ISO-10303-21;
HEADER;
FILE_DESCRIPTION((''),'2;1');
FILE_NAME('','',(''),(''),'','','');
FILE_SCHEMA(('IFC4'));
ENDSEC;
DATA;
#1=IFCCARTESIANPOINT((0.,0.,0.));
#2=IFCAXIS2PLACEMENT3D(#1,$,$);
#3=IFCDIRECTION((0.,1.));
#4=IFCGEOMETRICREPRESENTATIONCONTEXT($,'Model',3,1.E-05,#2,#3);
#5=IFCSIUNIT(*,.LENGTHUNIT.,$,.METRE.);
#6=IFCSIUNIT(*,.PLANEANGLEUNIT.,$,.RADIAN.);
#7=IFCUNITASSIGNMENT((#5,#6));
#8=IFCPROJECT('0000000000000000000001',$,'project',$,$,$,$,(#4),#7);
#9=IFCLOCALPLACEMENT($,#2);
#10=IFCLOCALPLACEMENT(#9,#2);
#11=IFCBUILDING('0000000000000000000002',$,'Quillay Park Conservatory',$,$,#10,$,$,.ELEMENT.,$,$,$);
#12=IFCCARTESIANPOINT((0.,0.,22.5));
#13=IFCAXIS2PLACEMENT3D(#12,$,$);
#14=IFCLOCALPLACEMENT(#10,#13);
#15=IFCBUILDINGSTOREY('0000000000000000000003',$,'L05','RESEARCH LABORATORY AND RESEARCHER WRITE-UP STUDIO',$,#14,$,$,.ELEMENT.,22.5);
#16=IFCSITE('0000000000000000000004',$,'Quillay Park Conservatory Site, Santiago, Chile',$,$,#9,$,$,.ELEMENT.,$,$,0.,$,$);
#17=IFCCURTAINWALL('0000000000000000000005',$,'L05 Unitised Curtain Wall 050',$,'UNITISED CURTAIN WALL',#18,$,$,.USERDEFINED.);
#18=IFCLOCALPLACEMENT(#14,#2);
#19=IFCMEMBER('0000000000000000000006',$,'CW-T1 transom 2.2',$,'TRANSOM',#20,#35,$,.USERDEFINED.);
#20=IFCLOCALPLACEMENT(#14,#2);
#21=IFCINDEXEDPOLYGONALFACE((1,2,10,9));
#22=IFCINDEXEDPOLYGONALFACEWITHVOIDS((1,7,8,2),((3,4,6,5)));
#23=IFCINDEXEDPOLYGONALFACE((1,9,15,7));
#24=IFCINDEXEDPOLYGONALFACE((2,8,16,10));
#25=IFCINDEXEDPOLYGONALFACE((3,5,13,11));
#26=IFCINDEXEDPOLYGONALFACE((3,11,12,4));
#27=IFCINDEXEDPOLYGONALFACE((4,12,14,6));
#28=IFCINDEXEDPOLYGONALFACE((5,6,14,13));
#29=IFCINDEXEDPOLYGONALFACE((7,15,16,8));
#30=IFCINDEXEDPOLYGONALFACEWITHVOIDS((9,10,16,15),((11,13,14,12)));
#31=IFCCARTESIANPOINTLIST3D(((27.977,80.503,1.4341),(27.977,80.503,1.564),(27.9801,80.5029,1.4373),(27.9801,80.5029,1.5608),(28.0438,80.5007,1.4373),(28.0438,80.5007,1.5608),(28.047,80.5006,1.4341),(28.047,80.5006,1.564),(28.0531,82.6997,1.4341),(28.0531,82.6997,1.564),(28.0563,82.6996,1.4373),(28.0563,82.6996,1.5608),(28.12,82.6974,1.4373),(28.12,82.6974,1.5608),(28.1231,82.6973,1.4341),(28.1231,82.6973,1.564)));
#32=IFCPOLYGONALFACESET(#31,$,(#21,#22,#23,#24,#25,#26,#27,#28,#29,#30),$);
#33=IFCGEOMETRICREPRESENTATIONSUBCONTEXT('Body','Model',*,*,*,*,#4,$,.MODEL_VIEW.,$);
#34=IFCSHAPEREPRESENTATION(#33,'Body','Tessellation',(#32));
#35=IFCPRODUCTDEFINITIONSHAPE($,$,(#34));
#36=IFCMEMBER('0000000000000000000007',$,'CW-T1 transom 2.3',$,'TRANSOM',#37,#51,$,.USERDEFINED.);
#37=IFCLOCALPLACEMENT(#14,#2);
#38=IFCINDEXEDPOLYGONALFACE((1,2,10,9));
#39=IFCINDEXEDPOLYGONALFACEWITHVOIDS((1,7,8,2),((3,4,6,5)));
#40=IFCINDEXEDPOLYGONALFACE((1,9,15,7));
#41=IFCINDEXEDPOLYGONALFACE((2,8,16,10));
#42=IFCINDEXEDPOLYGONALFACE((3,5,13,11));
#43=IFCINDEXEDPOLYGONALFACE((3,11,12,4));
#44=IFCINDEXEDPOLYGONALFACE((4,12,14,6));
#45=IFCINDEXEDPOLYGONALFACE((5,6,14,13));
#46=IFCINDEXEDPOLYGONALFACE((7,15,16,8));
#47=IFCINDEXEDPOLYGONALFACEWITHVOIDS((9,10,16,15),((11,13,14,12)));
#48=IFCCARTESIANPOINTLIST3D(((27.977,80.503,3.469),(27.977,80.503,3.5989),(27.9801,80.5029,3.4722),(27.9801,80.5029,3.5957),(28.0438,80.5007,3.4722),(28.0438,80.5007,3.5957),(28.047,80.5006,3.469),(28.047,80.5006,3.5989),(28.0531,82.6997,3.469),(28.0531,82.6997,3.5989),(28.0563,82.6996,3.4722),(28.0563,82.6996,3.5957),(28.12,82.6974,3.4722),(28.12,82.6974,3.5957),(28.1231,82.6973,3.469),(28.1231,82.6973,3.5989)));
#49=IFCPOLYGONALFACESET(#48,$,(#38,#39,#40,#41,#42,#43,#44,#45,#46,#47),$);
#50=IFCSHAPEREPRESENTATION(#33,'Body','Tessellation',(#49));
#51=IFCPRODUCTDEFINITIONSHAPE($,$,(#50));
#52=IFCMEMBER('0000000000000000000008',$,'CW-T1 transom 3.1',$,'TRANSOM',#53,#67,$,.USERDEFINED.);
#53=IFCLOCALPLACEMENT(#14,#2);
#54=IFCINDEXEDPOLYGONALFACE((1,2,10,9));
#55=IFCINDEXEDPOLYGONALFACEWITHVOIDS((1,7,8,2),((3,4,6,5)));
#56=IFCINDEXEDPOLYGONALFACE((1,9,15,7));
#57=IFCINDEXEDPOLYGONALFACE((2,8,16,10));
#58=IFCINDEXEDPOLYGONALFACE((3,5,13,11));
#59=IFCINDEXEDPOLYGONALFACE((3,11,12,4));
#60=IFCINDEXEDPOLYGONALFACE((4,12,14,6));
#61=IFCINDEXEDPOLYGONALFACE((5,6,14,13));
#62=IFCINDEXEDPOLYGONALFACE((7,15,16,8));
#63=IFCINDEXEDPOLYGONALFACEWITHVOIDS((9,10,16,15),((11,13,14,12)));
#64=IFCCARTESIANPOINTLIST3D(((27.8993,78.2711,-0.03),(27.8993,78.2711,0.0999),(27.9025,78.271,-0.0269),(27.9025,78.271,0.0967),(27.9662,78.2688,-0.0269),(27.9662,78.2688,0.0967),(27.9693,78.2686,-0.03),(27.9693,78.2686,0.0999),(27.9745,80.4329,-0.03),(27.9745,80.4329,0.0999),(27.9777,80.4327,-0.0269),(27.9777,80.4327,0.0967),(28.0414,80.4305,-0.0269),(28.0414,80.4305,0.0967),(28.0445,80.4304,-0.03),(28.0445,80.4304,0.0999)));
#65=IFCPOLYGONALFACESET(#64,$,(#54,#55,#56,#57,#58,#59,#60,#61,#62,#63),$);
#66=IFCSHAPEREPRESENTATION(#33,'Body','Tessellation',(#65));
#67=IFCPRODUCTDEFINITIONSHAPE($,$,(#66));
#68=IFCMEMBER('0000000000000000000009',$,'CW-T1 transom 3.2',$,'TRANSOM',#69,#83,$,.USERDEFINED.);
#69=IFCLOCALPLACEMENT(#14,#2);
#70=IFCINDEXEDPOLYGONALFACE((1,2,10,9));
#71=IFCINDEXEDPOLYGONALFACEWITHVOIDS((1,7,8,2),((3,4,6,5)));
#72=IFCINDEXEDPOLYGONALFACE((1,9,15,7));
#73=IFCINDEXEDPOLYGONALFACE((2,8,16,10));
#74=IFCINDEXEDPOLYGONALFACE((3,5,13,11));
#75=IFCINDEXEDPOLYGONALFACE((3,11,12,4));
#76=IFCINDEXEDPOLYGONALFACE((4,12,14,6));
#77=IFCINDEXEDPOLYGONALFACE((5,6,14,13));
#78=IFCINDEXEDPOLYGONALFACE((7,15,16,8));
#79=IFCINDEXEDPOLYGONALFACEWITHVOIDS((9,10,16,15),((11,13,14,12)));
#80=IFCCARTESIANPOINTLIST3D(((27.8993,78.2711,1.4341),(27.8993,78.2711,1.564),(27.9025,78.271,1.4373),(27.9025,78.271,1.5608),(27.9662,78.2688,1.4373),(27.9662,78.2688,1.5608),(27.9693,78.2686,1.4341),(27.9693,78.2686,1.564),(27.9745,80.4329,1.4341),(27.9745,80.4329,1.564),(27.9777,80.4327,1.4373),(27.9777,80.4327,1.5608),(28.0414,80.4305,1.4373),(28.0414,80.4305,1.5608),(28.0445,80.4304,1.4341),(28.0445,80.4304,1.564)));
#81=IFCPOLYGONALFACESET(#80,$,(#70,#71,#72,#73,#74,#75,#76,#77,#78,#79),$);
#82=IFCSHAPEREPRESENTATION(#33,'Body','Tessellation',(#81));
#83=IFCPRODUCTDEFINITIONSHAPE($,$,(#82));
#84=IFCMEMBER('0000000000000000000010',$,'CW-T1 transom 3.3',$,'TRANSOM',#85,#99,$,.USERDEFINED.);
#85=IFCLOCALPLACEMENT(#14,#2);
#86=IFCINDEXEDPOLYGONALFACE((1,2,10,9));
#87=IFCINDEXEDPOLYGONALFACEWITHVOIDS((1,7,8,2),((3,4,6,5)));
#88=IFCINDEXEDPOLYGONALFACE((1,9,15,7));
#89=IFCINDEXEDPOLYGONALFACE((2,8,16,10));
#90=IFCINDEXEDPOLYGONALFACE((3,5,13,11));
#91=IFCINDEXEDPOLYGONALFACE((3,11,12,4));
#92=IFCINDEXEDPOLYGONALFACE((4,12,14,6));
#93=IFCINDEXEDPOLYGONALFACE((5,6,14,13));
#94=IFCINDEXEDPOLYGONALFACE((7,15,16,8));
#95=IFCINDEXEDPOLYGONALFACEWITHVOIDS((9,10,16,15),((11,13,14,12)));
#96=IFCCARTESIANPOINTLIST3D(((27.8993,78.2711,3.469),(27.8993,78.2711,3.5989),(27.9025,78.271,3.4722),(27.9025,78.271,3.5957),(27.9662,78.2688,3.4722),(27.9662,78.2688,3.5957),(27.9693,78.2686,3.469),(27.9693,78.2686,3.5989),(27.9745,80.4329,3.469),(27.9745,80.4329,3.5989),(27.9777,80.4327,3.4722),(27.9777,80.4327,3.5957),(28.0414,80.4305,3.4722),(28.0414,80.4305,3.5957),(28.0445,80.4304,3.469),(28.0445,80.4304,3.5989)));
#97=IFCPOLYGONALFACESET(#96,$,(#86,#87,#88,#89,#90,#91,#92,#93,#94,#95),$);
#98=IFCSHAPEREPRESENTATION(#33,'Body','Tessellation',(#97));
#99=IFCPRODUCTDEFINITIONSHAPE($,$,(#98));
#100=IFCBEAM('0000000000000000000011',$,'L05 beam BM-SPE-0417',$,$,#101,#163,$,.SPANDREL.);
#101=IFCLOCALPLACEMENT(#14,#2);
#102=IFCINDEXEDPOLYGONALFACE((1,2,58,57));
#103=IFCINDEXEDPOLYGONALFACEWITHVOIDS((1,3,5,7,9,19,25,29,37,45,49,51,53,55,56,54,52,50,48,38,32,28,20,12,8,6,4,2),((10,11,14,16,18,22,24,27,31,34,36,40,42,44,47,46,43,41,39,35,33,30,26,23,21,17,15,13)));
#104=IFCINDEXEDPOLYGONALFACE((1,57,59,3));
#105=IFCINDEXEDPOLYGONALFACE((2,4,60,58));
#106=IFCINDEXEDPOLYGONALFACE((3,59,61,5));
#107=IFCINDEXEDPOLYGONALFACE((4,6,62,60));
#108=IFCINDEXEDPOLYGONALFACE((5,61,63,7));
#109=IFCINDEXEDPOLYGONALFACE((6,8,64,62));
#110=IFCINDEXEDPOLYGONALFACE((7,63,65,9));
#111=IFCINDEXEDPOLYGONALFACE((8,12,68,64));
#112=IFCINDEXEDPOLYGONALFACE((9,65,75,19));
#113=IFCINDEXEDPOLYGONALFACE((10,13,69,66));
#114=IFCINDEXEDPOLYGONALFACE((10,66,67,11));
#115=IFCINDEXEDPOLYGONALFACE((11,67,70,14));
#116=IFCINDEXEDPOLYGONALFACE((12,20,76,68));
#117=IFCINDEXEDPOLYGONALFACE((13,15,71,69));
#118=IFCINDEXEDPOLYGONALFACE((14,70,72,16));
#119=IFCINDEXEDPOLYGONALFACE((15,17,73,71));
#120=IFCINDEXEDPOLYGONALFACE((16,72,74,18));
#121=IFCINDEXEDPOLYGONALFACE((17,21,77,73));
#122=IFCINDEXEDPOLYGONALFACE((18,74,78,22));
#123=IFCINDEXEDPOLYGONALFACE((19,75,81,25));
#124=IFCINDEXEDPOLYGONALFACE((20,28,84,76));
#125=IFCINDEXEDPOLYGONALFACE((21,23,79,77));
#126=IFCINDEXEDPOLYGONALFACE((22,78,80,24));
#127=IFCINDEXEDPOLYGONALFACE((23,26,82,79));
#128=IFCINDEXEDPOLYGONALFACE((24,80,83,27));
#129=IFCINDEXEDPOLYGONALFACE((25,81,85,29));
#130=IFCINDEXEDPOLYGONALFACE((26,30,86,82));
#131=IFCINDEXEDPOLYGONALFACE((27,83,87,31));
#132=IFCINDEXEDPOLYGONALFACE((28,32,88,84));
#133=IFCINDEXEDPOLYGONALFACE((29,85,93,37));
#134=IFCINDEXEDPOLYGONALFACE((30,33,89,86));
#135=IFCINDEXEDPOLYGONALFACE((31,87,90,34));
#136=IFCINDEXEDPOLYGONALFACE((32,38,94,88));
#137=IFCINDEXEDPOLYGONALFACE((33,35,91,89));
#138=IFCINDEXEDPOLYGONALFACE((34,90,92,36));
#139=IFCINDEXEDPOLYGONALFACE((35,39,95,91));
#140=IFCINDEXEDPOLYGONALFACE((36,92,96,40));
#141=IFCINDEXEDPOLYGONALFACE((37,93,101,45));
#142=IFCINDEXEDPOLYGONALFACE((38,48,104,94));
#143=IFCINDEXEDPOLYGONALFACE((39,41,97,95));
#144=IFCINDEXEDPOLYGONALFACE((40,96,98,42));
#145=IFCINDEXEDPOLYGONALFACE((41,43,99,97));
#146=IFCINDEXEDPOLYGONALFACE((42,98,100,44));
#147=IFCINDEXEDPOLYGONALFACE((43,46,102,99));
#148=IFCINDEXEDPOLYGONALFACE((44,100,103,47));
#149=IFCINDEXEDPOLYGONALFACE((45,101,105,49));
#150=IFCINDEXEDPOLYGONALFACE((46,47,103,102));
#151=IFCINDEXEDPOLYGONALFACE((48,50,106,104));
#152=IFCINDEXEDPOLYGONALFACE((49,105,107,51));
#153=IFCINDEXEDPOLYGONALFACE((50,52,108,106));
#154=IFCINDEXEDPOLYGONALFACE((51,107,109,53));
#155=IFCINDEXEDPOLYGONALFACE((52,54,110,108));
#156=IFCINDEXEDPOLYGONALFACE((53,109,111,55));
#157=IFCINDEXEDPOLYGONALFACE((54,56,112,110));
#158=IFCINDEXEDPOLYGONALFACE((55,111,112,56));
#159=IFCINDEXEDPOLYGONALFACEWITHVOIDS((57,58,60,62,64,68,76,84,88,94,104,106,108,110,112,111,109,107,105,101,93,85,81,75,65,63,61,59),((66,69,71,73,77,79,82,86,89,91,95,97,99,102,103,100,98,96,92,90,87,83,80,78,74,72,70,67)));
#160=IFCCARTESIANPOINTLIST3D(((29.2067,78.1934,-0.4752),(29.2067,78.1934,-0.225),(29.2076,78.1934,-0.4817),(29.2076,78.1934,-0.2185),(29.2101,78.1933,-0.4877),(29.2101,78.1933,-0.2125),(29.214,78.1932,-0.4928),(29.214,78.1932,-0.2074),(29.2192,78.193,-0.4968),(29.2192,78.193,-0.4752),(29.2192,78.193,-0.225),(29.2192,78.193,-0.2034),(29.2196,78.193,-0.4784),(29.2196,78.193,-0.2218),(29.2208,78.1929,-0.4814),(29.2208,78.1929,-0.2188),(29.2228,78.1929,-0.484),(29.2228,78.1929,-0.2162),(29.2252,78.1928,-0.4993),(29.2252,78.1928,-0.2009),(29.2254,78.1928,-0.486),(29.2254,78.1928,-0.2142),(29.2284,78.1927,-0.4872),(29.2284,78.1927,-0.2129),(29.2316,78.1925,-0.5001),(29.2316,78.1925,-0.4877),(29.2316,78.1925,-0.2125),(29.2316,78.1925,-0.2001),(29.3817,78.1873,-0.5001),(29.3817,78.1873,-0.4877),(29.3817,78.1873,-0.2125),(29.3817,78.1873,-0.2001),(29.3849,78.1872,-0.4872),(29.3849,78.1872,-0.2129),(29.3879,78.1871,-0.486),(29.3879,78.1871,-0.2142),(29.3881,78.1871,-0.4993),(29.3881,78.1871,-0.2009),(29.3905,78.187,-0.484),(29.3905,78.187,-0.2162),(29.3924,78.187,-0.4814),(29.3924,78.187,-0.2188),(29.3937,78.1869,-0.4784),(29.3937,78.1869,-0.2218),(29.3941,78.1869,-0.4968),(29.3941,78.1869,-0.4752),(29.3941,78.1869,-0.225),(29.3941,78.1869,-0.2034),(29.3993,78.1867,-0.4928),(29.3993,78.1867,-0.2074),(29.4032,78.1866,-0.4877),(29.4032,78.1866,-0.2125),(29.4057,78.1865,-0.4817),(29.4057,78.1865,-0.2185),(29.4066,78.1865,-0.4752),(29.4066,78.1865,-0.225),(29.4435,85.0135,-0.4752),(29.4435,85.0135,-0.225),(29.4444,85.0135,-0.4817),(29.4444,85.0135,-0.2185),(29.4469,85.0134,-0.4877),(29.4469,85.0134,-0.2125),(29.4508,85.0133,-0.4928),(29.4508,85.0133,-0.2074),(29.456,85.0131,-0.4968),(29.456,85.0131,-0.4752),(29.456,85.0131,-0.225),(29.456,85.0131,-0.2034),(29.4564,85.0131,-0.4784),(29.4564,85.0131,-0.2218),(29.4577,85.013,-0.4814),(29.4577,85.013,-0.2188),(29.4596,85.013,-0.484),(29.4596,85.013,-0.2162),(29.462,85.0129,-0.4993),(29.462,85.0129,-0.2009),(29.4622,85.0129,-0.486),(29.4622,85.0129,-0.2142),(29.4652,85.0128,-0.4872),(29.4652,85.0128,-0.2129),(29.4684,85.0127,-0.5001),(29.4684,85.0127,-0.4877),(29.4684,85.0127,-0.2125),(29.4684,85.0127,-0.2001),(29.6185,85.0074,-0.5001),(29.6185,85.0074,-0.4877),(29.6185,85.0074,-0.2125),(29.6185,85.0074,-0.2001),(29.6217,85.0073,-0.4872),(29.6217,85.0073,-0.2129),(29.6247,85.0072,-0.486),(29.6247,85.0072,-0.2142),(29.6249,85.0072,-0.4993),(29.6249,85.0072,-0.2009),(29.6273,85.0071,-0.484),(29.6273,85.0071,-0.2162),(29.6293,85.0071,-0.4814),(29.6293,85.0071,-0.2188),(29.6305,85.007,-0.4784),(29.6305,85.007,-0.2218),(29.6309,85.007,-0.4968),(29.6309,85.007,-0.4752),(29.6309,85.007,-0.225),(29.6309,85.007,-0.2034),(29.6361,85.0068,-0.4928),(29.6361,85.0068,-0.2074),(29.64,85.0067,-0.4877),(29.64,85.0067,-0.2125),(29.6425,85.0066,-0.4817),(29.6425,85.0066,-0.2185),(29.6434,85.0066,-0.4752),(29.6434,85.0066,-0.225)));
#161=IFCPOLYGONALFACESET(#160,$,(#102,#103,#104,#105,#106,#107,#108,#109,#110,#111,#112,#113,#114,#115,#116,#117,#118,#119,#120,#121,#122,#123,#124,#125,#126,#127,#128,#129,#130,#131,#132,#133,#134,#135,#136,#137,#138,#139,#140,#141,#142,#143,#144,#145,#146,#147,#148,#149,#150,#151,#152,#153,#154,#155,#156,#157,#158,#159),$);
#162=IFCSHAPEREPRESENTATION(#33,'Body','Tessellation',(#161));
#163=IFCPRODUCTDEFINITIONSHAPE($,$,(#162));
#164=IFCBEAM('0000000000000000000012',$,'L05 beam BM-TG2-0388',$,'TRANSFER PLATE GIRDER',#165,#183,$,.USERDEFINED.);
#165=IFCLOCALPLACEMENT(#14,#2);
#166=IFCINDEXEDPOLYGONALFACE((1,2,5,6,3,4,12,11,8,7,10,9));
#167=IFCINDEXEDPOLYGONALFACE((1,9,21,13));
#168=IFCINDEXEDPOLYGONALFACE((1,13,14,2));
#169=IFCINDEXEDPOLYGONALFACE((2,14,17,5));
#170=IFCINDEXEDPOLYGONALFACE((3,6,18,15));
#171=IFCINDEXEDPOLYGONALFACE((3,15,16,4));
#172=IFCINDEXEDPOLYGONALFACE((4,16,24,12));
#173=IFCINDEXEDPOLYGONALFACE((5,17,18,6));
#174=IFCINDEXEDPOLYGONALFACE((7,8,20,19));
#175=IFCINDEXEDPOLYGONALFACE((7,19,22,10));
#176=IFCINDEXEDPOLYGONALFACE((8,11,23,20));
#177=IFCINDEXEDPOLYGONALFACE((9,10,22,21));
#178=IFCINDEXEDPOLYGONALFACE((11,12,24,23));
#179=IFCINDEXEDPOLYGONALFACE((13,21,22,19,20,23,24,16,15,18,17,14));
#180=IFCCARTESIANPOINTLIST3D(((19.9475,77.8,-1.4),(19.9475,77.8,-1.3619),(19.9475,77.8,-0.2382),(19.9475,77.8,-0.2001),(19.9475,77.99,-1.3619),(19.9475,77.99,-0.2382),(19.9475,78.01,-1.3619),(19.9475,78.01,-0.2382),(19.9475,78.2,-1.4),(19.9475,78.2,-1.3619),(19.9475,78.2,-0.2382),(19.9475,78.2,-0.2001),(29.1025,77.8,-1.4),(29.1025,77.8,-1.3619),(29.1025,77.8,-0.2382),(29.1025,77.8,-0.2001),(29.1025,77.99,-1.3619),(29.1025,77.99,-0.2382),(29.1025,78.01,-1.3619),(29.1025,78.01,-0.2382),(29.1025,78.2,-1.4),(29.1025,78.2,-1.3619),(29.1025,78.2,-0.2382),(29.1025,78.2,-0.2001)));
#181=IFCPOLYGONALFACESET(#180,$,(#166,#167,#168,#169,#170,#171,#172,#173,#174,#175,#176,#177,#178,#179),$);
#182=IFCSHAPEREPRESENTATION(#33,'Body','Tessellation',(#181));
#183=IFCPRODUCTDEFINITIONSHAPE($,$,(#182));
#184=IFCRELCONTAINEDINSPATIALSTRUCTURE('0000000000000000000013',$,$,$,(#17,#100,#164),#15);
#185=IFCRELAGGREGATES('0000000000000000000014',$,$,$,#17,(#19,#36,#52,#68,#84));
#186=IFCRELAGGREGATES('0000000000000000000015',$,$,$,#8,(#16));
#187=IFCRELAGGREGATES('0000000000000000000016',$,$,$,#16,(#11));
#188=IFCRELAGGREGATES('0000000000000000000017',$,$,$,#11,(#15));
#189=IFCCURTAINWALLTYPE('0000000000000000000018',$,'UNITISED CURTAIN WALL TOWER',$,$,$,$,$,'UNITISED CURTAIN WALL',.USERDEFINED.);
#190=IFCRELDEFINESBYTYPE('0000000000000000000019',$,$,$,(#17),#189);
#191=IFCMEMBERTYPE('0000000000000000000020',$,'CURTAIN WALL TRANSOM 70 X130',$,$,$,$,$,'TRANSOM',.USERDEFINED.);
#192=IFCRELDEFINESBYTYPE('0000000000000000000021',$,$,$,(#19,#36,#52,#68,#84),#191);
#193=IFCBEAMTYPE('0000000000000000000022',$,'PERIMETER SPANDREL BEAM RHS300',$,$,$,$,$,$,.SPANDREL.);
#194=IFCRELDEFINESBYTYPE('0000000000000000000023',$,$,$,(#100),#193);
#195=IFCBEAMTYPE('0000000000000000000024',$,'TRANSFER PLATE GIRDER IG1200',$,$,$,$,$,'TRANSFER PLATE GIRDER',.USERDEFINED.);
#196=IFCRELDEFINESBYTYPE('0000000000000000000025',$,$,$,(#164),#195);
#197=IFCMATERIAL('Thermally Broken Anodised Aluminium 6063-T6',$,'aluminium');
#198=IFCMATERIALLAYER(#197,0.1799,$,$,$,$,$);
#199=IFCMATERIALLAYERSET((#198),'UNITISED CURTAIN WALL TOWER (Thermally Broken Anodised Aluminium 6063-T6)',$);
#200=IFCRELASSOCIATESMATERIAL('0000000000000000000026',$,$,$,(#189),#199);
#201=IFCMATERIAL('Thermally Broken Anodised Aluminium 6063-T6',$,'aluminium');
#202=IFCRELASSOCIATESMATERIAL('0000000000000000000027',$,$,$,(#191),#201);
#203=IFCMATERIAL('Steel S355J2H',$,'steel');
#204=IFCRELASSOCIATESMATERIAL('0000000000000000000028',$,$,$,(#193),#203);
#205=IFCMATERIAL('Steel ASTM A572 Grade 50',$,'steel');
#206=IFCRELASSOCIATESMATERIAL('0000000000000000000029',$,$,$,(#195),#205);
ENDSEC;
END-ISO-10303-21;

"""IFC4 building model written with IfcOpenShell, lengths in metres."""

from ifc_helpers import new_model, si_unit, direction, frame, origin, origin_2d, place, context, subcontext, project, spatial, hollow_rectangle, i_section, extrude, material, layer, layer_set, material_profile, profile_set, type_object, element, aggregate, save


model = new_model("IFC4")

# Units and contexts
model_context = context("Model", 3, precision=1e-05, world=origin(), true_north=direction((0.0, 1.0)))
body_context = subcontext(model_context, "Body", "Model", "MODEL_VIEW")
ifc_project = project(units=[si_unit("LENGTHUNIT", "METRE"), si_unit("PLANEANGLEUNIT", "RADIAN")], contexts=[model_context])

# Site, building, storey
site_placement = place(None, origin())
site = spatial("IfcSite", under=ifc_project, at=site_placement, Name="Quillay Park Conservatory Site, Santiago, Chile", CompositionType="ELEMENT", RefElevation=0.0)
building_placement = place(site_placement, origin())
building = spatial("IfcBuilding", under=site, at=building_placement, Name="Quillay Park Conservatory", CompositionType="ELEMENT")
storey_placement = place(building_placement, frame((0.0, 0.0, 22.5)))
storey = spatial("IfcBuildingStorey", under=building, at=storey_placement, Name="L05", Description="RESEARCH LABORATORY AND RESEARCHER WRITE-UP STUDIO", CompositionType="ELEMENT", Elevation=22.5)

# Curtain wall, members
ifc_material_1 = material(Name="Thermally Broken Anodised Aluminium 6063-T6", Category="aluminium")
ifc_layer_1 = layer(ifc_material_1, 0.1799)
ifc_layer_set_1 = layer_set([ifc_layer_1], Name="UNITISED CURTAIN WALL TOWER (Thermally Broken Anodised Aluminium 6063-T6)")
curtain_wall_type = type_object("IfcCurtainWallType", Name="UNITISED CURTAIN WALL TOWER", ElementType="UNITISED CURTAIN WALL", PredefinedType="USERDEFINED", material=ifc_layer_set_1)
curtain_wall_placement = place(storey_placement, origin())
curtain_wall = element("IfcCurtainWall", 1, at=curtain_wall_placement, inside=storey, type_object=curtain_wall_type, Name="L05 Unitised Curtain Wall 050", ObjectType="UNITISED CURTAIN WALL", PredefinedType="USERDEFINED")
ifc_material_2 = material(Name="Thermally Broken Anodised Aluminium 6063-T6", Category="aluminium")
ifc_material_profile_1 = material_profile(ifc_material_2, hollow_rectangle(XDim=0.0701, YDim=0.1299, WallThickness=0.0032, at=origin_2d()), Name="AL70x130x3.2")
ifc_profile_set_1 = profile_set([ifc_material_profile_1], Name="Thermally Broken Anodised Aluminium 6063-T6")
member_type_1 = type_object("IfcMemberType", Name="CURTAIN WALL TRANSOM 70 X130", ElementType="TRANSOM", PredefinedType="USERDEFINED", material=ifc_profile_set_1)
member_1_placement = place(storey_placement, frame((28.0881, 82.6985, 1.499), z_axis=(-0.034654, -0.999399, 0.0), x_axis=(0.999399, -0.034654, 0.0)))
member_1 = element("IfcMember", 2, at=member_1_placement, type_object=member_type_1, Name="CW-T1 transom 2.2", ObjectType="TRANSOM", PredefinedType="USERDEFINED", context=body_context, shape_type="SweptSolid", body=[
    extrude(hollow_rectangle(XDim=0.0701, YDim=0.1299, WallThickness=0.0032, at=origin_2d()), origin(), (0.0, 0.0, 1.0), 2.198),
])
member_2_placement = place(storey_placement, frame((28.0881, 82.6985, 3.5339), z_axis=(-0.034654, -0.999399, 0.0), x_axis=(0.999399, -0.034654, 0.0)))
member_2 = element("IfcMember", 3, at=member_2_placement, type_object=member_type_1, Name="CW-T1 transom 2.3", ObjectType="TRANSOM", PredefinedType="USERDEFINED", context=body_context, shape_type="SweptSolid", body=[
    extrude(hollow_rectangle(XDim=0.0701, YDim=0.1299, WallThickness=0.0032, at=origin_2d()), origin(), (0.0, 0.0, 1.0), 2.198),
])
member_3_placement = place(storey_placement, frame((28.0095, 80.4316, 0.0349), z_axis=(-0.034762, -0.999396, 0.0), x_axis=(0.999396, -0.034762, 0.0)))
member_3 = element("IfcMember", 4, at=member_3_placement, type_object=member_type_1, Name="CW-T1 transom 3.1", ObjectType="TRANSOM", PredefinedType="USERDEFINED", context=body_context, shape_type="SweptSolid", body=[
    extrude(hollow_rectangle(XDim=0.0701, YDim=0.1299, WallThickness=0.0032, at=origin_2d()), origin(), (0.0, 0.0, 1.0), 2.1631),
])
member_4_placement = place(storey_placement, frame((28.0095, 80.4316, 1.499), z_axis=(-0.034762, -0.999396, 0.0), x_axis=(0.999396, -0.034762, 0.0)))
member_4 = element("IfcMember", 5, at=member_4_placement, type_object=member_type_1, Name="CW-T1 transom 3.2", ObjectType="TRANSOM", PredefinedType="USERDEFINED", context=body_context, shape_type="SweptSolid", body=[
    extrude(hollow_rectangle(XDim=0.0701, YDim=0.1299, WallThickness=0.0032, at=origin_2d()), origin(), (0.0, 0.0, 1.0), 2.1631),
])
member_5_placement = place(storey_placement, frame((28.0095, 80.4316, 3.5339), z_axis=(-0.034762, -0.999396, 0.0), x_axis=(0.999396, -0.034762, 0.0)))
member_5 = element("IfcMember", 6, at=member_5_placement, type_object=member_type_1, Name="CW-T1 transom 3.3", ObjectType="TRANSOM", PredefinedType="USERDEFINED", context=body_context, shape_type="SweptSolid", body=[
    extrude(hollow_rectangle(XDim=0.0701, YDim=0.1299, WallThickness=0.0032, at=origin_2d()), origin(), (0.0, 0.0, 1.0), 2.1631),
])

# Beams
ifc_material_3 = material(Name="Steel S355J2H", Category="steel")
ifc_material_profile_2 = material_profile(ifc_material_3, hollow_rectangle(XDim=0.2, YDim=0.3, WallThickness=0.0125, InnerFilletRadius=0.0125, OuterFilletRadius=0.0249, at=origin_2d()), Name="RHS300x200x12.5")
ifc_profile_set_2 = profile_set([ifc_material_profile_2], Name="Steel S355J2H")
beam_type_1 = type_object("IfcBeamType", Name="PERIMETER SPANDREL BEAM RHS300", PredefinedType="SPANDREL", material=ifc_profile_set_2)
beam_1_placement = place(storey_placement, frame((29.3066, 78.1899, -0.3501), z_axis=(0.034703, 0.999398, 0.0), x_axis=(-0.999398, 0.034703, 0.0)))
element("IfcBeam", 7, at=beam_1_placement, inside=storey, type_object=beam_type_1, Name="L05 beam BM-SPE-0417", PredefinedType="SPANDREL", context=body_context, shape_type="SweptSolid", body=[
    extrude(hollow_rectangle(XDim=0.2, YDim=0.3, WallThickness=0.0125, InnerFilletRadius=0.0125, OuterFilletRadius=0.0249, at=origin_2d()), origin(), (0.0, 0.0, 1.0), 6.8242),
])
ifc_material_4 = material(Name="Steel ASTM A572 Grade 50", Category="steel")
ifc_material_profile_3 = material_profile(ifc_material_4, i_section(OverallWidth=0.3999, OverallDepth=1.2, WebThickness=0.02, FlangeThickness=0.0381, at=origin_2d()), Name="IG1200x400")
ifc_profile_set_3 = profile_set([ifc_material_profile_3], Name="Steel ASTM A572 Grade 50")
beam_type_2 = type_object("IfcBeamType", Name="TRANSFER PLATE GIRDER IG1200", ElementType="TRANSFER PLATE GIRDER", PredefinedType="USERDEFINED", material=ifc_profile_set_3)
beam_2_placement = place(storey_placement, frame((19.9475, 78.0, -0.8), z_axis=(1.0, 0.0, 0.0), x_axis=(0.0, 1.0, 0.0)))
element("IfcBeam", 8, at=beam_2_placement, inside=storey, type_object=beam_type_2, Name="L05 beam BM-TG2-0388", ObjectType="TRANSFER PLATE GIRDER", PredefinedType="USERDEFINED", context=body_context, shape_type="SweptSolid", body=[
    extrude(i_section(OverallWidth=0.3999, OverallDepth=1.2, WebThickness=0.02, FlangeThickness=0.0381, at=origin_2d()), origin(), (0.0, 0.0, 1.0), 9.155),
])

aggregate(curtain_wall, [member_1, member_2, member_3, member_4, member_5])

save(model, "model.ifc")
